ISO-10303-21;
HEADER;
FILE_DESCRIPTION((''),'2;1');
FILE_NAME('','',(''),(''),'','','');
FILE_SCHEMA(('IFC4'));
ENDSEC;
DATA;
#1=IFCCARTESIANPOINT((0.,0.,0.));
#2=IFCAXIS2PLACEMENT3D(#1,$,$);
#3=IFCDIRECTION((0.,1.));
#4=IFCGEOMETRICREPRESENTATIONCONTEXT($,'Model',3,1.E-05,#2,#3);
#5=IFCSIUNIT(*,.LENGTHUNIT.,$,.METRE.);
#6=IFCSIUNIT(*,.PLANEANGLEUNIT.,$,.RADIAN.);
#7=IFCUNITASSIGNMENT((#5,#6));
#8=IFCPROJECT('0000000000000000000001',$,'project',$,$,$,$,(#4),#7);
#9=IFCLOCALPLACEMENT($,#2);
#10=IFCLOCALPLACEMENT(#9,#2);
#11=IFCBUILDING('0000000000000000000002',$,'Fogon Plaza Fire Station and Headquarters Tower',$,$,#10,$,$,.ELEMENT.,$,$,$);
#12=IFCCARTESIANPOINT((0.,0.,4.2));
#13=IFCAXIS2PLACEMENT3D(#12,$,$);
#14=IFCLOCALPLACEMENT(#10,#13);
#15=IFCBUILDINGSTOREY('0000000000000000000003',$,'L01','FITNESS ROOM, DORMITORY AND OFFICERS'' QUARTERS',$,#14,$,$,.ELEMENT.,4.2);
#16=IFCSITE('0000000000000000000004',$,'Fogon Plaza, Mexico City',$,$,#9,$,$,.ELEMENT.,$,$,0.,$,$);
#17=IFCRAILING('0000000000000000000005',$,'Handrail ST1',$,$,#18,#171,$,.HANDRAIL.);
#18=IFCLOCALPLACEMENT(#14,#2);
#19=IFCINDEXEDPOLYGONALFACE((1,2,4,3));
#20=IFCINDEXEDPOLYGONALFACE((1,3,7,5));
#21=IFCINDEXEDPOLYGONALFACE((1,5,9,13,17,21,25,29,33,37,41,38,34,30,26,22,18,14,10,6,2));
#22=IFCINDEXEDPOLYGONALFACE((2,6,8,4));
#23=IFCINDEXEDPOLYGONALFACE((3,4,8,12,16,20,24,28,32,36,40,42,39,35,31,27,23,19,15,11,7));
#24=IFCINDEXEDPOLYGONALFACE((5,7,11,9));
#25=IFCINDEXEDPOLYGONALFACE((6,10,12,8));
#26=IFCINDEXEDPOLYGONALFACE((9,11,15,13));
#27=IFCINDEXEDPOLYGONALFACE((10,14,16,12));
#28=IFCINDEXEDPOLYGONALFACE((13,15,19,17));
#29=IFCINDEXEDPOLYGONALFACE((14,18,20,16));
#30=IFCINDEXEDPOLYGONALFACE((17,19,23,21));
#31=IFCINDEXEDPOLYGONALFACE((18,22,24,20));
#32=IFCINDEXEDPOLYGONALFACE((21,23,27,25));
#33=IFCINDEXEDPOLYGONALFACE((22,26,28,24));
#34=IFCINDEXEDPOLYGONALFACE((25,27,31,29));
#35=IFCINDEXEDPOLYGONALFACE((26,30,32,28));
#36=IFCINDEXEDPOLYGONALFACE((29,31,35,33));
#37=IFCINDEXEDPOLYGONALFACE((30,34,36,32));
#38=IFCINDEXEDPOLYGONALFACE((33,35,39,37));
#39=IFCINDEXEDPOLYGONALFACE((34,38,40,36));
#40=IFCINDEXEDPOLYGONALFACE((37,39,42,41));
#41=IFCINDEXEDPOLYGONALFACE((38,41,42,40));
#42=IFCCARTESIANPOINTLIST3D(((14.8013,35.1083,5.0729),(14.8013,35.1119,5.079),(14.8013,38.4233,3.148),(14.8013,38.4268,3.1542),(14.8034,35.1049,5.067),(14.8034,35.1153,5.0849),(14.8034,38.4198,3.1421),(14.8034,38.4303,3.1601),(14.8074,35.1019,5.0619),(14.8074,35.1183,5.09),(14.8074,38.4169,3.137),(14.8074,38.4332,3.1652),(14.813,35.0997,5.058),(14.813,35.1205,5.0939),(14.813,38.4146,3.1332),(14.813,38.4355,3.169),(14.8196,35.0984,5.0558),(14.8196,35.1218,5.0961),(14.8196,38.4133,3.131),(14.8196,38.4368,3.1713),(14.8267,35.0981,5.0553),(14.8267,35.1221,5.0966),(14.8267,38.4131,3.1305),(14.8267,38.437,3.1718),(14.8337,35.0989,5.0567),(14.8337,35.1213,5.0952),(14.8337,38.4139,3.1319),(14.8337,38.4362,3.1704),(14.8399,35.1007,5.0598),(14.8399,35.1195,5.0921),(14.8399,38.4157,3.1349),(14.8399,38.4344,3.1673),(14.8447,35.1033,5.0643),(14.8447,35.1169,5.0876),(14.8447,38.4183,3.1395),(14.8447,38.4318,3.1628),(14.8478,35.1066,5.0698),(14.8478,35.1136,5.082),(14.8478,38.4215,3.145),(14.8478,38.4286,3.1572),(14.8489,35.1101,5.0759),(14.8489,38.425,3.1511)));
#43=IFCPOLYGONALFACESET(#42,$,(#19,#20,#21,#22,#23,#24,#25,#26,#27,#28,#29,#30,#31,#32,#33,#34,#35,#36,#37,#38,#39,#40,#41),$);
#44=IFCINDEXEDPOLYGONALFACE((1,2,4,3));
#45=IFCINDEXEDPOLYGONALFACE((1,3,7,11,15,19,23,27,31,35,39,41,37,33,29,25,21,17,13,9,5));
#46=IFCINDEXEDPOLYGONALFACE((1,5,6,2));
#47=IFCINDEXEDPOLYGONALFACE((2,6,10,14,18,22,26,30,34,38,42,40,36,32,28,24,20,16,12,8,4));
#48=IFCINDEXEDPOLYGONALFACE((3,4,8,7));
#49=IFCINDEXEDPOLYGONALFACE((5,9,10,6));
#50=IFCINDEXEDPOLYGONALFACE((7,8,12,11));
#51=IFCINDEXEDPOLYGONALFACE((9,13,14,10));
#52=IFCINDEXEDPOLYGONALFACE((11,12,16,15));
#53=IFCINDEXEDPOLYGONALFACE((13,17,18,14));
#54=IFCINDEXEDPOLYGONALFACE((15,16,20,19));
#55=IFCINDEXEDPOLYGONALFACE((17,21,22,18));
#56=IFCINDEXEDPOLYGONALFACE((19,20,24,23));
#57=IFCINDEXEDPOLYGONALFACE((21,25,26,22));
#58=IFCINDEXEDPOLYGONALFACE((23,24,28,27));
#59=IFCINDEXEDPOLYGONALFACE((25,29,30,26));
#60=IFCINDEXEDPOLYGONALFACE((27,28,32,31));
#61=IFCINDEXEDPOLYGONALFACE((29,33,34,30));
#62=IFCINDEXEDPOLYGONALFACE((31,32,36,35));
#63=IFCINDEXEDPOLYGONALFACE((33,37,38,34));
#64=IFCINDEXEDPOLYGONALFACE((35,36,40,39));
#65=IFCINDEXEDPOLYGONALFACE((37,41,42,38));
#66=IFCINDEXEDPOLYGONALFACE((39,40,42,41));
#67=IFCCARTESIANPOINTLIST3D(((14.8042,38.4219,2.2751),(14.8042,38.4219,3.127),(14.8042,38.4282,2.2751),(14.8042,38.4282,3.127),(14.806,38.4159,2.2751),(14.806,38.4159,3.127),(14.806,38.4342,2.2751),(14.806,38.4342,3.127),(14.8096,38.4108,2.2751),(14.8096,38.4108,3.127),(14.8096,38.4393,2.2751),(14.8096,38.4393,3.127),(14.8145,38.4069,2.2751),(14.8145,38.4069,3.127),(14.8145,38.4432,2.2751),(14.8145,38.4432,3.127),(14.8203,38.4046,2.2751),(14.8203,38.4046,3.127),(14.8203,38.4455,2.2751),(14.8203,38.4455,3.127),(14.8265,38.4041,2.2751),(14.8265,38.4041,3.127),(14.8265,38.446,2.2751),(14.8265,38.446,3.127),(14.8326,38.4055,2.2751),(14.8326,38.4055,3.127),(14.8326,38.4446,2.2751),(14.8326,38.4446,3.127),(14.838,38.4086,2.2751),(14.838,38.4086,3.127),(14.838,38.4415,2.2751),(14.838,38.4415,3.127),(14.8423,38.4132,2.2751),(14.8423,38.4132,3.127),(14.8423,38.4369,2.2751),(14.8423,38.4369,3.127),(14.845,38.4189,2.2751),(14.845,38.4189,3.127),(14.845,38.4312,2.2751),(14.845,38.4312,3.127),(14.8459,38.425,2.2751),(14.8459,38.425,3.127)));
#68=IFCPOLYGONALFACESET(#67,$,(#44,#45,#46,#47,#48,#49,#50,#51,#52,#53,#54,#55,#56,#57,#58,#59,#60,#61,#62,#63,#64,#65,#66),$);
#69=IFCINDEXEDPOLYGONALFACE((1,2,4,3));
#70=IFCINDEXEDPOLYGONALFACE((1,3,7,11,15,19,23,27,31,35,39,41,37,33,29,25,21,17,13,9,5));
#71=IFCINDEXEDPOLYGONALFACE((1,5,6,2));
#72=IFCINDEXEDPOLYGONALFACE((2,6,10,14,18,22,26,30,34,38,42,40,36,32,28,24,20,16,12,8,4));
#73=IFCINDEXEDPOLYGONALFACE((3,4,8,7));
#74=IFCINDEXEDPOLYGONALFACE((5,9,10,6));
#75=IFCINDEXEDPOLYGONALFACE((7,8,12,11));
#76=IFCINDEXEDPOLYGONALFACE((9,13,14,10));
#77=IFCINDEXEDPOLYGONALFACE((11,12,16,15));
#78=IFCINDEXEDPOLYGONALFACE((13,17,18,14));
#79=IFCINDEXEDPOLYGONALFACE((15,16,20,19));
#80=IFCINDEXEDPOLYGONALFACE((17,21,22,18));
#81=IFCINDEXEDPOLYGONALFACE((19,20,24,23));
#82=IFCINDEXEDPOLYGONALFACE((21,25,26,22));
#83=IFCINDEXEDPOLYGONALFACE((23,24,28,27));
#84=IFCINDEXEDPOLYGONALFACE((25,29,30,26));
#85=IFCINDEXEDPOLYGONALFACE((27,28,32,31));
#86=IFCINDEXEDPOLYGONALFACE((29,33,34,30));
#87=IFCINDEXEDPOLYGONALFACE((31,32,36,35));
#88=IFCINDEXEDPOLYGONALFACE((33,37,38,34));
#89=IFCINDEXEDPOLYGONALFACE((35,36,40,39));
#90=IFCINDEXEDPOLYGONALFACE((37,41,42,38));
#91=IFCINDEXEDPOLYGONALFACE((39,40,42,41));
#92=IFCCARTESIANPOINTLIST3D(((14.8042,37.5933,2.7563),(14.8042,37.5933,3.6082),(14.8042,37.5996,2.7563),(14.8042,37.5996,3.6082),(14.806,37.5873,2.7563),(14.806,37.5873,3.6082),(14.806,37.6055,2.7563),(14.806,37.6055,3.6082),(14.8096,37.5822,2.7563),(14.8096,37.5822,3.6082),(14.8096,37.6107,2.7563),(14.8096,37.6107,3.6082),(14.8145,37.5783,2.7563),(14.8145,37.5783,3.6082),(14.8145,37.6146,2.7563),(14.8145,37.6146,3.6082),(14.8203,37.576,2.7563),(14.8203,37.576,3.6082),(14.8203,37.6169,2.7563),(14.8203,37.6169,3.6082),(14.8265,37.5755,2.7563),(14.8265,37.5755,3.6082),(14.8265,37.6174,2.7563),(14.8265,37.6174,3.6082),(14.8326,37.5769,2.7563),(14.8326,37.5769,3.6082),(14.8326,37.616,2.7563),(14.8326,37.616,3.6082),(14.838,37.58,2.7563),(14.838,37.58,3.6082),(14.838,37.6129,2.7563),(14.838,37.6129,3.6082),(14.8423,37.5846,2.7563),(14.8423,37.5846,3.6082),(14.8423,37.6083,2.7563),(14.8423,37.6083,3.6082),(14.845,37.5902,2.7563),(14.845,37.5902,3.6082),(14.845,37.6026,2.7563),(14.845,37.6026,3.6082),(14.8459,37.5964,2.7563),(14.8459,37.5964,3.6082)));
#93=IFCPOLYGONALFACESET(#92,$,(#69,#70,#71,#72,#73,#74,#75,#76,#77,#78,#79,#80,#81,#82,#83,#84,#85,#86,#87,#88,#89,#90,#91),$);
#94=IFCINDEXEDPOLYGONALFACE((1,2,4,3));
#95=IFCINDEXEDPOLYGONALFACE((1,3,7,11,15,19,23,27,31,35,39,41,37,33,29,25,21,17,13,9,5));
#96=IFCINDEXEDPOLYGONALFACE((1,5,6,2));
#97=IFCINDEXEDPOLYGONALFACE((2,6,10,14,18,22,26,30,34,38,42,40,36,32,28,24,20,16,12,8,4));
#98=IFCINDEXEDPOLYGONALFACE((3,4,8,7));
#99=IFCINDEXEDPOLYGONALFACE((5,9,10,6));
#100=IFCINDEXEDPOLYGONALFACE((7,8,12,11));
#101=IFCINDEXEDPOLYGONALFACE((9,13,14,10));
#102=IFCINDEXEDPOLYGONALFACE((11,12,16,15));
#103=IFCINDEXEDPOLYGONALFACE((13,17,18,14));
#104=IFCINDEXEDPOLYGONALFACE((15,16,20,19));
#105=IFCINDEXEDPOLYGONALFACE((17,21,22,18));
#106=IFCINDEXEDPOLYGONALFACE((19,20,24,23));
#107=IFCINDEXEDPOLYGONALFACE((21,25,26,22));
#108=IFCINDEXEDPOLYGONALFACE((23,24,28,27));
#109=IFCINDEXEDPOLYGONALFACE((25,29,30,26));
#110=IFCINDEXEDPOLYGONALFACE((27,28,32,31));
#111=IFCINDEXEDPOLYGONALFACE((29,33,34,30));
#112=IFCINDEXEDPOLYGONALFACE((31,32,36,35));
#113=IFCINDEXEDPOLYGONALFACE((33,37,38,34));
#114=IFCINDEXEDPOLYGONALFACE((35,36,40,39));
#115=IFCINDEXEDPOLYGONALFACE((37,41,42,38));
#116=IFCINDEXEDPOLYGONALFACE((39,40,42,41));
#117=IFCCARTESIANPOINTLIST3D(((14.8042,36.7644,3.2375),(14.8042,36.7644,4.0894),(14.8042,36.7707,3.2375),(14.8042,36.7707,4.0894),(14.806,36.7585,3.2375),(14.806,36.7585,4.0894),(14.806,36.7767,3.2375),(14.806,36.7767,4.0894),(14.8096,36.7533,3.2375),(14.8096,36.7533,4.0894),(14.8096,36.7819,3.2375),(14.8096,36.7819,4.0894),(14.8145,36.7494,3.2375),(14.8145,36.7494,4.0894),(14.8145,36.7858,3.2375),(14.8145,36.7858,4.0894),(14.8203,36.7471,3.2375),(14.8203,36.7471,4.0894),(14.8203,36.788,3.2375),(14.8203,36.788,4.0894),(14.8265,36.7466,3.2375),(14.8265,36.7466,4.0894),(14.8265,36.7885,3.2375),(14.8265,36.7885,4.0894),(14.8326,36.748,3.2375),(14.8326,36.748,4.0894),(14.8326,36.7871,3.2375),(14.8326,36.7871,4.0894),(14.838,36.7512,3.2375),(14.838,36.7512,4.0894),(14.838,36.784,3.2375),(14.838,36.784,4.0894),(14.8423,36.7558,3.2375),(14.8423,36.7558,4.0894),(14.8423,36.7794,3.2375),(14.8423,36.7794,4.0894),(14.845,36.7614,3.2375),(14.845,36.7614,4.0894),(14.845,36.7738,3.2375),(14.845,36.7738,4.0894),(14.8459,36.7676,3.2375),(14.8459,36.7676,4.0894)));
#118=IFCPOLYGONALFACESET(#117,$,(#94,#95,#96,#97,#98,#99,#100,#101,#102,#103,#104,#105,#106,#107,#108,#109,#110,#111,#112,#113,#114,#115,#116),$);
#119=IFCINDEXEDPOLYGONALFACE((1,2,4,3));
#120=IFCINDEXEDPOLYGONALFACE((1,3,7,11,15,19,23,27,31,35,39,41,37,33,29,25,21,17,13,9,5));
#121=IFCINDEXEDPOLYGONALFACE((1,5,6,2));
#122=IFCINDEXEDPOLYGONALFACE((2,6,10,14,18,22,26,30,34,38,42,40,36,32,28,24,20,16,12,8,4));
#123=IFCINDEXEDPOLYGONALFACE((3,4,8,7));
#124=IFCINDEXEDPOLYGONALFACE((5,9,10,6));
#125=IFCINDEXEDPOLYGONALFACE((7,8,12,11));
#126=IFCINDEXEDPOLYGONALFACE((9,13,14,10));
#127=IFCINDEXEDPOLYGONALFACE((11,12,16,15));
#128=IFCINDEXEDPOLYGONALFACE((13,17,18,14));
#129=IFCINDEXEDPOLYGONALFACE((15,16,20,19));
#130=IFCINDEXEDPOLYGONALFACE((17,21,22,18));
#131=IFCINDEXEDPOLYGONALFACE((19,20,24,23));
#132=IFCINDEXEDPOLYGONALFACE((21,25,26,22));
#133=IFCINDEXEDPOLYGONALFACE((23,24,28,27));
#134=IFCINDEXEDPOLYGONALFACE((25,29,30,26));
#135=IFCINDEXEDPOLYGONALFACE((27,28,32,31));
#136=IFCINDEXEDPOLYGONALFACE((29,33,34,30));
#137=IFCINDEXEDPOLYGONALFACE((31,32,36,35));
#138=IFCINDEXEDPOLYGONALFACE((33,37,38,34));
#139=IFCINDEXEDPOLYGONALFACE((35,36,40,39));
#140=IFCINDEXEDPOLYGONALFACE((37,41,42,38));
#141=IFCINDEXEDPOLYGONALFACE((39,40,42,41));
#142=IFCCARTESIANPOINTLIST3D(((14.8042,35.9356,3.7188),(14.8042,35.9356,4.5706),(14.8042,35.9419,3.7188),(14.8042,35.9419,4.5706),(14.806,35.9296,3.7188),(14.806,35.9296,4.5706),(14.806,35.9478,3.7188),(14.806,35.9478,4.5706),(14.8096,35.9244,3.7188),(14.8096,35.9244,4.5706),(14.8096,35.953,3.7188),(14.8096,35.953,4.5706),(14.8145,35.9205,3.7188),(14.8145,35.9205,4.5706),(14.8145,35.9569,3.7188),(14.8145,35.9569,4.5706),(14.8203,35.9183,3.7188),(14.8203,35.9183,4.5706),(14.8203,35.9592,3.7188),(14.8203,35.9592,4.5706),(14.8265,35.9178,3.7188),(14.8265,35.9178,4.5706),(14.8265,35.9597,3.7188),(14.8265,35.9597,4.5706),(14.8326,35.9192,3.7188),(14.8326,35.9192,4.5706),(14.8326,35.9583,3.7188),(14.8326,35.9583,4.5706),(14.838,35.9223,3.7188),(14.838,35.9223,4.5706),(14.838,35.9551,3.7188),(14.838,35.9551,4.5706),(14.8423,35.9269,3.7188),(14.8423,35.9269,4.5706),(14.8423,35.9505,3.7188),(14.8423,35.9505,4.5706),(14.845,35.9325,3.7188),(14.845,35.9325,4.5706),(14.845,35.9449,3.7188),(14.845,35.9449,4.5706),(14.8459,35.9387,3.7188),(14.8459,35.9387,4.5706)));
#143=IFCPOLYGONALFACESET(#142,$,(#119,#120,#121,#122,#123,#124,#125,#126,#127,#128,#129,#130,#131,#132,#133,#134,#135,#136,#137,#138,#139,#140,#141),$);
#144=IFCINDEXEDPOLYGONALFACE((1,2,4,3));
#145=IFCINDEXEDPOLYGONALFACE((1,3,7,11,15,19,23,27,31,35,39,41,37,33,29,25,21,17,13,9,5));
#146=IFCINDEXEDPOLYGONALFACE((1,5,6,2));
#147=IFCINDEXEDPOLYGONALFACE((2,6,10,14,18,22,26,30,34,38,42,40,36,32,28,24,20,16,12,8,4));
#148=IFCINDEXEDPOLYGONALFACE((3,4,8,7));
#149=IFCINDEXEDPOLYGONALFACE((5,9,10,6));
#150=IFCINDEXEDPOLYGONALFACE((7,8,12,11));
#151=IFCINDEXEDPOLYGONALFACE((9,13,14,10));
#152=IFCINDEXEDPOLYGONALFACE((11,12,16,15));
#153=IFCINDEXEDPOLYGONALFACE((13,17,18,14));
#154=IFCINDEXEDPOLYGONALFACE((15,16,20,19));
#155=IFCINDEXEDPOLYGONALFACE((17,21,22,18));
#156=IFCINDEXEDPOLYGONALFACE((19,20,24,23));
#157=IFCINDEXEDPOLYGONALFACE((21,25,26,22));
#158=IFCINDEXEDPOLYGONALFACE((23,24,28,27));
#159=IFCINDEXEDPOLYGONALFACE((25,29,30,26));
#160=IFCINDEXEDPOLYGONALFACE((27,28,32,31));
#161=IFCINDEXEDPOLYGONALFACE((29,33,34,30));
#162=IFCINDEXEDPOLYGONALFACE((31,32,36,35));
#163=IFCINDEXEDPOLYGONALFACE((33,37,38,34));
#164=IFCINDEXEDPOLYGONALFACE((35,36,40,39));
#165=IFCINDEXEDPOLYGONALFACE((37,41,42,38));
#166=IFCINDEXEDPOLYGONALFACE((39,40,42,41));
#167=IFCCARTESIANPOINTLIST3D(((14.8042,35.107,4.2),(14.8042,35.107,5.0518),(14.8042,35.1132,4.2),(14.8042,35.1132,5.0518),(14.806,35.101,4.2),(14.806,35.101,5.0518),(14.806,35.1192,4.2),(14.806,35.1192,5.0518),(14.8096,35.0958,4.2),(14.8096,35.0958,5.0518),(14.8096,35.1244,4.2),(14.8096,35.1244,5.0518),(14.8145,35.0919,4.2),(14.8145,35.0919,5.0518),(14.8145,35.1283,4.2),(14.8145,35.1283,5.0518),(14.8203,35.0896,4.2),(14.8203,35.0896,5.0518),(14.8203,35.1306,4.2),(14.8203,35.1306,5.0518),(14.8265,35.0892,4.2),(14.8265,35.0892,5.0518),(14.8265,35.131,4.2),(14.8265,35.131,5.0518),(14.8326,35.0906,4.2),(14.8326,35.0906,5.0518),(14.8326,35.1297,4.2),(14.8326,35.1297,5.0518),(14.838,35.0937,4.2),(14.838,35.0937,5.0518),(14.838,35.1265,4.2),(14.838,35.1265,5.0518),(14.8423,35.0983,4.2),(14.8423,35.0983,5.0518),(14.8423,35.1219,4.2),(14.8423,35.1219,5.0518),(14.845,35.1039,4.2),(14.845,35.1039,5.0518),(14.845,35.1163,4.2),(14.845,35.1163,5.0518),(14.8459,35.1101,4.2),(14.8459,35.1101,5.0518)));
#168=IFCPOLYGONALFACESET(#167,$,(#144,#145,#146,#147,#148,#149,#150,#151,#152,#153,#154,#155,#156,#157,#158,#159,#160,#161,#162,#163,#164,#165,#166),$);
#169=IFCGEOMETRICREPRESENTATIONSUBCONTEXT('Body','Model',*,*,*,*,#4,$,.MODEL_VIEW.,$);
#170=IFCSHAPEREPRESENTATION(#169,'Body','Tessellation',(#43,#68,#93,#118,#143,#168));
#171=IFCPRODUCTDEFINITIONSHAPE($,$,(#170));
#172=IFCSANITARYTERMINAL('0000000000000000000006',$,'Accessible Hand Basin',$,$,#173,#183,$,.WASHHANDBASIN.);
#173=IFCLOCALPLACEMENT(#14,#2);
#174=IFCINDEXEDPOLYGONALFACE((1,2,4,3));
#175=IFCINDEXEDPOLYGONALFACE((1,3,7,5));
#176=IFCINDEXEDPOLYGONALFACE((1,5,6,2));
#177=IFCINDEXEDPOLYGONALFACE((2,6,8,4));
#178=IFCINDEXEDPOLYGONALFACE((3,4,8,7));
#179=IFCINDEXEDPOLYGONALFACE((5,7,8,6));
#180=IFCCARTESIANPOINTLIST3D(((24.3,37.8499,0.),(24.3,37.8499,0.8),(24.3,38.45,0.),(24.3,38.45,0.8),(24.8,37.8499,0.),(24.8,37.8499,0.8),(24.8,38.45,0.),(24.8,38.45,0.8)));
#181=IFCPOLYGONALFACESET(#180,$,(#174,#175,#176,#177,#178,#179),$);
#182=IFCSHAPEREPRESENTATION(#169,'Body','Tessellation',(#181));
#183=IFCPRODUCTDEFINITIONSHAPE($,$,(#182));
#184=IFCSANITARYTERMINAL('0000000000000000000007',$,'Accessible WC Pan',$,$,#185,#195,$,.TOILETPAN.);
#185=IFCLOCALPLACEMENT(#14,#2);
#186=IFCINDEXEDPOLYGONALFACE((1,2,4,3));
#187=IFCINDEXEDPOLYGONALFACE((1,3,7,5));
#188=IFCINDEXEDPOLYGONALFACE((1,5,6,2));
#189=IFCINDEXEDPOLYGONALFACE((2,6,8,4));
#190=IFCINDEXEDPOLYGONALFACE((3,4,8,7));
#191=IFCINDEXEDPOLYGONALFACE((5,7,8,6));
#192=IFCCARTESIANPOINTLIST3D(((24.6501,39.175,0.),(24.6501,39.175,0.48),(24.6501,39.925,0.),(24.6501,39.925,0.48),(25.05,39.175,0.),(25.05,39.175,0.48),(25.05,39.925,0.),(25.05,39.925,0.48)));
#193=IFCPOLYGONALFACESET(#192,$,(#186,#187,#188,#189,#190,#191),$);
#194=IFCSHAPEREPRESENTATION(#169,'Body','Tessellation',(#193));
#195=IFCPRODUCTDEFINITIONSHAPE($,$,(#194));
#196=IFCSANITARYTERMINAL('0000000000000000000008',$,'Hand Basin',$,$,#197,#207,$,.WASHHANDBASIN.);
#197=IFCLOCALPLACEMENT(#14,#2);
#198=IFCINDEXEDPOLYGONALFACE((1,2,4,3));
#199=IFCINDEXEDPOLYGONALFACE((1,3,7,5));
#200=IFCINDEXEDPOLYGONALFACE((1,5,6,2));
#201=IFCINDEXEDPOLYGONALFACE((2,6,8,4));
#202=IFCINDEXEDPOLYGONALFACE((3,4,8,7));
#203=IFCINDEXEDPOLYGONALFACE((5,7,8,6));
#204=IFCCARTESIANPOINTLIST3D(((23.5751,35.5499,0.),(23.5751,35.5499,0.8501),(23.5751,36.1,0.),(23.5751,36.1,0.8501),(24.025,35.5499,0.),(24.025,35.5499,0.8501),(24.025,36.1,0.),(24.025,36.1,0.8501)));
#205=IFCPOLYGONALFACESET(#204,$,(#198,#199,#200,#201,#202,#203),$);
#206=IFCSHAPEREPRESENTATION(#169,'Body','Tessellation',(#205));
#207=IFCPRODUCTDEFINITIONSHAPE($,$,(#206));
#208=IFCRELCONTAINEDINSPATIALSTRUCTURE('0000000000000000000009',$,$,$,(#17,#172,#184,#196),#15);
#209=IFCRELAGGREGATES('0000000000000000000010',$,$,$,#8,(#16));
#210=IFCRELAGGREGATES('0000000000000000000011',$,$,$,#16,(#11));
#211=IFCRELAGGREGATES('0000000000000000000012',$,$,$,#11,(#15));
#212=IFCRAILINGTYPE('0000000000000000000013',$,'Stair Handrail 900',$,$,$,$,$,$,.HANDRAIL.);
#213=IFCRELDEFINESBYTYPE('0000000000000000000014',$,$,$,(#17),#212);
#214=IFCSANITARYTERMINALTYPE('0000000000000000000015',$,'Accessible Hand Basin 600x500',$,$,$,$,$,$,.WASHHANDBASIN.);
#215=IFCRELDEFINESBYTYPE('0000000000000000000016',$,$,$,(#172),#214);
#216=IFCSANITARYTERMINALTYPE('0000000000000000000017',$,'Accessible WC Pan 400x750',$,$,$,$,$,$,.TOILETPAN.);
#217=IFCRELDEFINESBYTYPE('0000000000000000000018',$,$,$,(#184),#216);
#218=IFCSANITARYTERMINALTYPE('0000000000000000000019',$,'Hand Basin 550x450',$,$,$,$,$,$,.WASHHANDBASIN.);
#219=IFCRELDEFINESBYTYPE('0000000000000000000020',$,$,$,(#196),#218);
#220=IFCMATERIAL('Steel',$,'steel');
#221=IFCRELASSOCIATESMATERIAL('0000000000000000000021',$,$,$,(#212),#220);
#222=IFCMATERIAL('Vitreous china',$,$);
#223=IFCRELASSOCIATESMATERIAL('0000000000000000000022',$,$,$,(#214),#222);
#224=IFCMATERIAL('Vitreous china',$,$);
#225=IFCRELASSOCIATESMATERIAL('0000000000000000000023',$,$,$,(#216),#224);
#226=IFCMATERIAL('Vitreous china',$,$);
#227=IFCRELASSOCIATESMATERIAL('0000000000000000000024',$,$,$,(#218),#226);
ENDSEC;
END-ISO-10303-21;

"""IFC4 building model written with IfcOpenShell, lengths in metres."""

from ifc_helpers import new_model, si_unit, direction, frame, origin, origin_2d, place, context, subcontext, project, spatial, rectangle, circle, extrude, material, type_object, element, save


model = new_model("IFC4")

# Units and contexts
model_context = context("Model", 3, precision=1e-05, world=origin(), true_north=direction((0.0, 1.0)))
body_context = subcontext(model_context, "Body", "Model", "MODEL_VIEW")
ifc_project = project(units=[si_unit("LENGTHUNIT", "METRE"), si_unit("PLANEANGLEUNIT", "RADIAN")], contexts=[model_context])

# Site, building, storey
site_placement = place(None, origin())
site = spatial("IfcSite", under=ifc_project, at=site_placement, Name="Fogon Plaza, Mexico City", CompositionType="ELEMENT", RefElevation=0.0)
building_placement = place(site_placement, origin())
building = spatial("IfcBuilding", under=site, at=building_placement, Name="Fogon Plaza Fire Station and Headquarters Tower", CompositionType="ELEMENT")
storey_placement = place(building_placement, frame((0.0, 0.0, 4.2)))
storey = spatial("IfcBuildingStorey", under=building, at=storey_placement, Name="L01", Description="FITNESS ROOM, DORMITORY AND OFFICERS' QUARTERS", CompositionType="ELEMENT", Elevation=4.2)

# Railing
ifc_material_1 = material(Name="Steel", Category="steel")
railing_type = type_object("IfcRailingType", Name="Stair Handrail 900", PredefinedType="HANDRAIL", material=ifc_material_1)
for number, where, name in (
    (1, (14.825, 38.425, 2.2751), "Handrail ST1"),
):
    element("IfcRailing", number, at=place(storey_placement, frame(where)), inside=storey, type_object=railing_type, Name=name, PredefinedType="HANDRAIL", context=body_context, shape_type="SweptSolid", body=[
        extrude(circle(Radius=0.0239, at=origin_2d()), frame((0.0, 0.0, 0.876), z_axis=(0.0, -0.864789, 0.502136), x_axis=(1.0, 0.0, 0.0)), (0.0, 0.0, 1.0), 3.8333),
        extrude(circle(Radius=0.021, at=origin_2d()), origin(), (0.0, 0.0, 1.0), 0.8518),
        extrude(circle(Radius=0.021, at=origin_2d()), frame((0.0, -0.8286, 0.4812)), (0.0, 0.0, 1.0), 0.8518),
        extrude(circle(Radius=0.021, at=origin_2d()), frame((0.0, -1.6575, 0.9624)), (0.0, 0.0, 1.0), 0.8518),
        extrude(circle(Radius=0.021, at=origin_2d()), frame((0.0, -2.4863, 1.4436)), (0.0, 0.0, 1.0), 0.8518),
        extrude(circle(Radius=0.021, at=origin_2d()), frame((0.0, -3.3149, 1.9248)), (0.0, 0.0, 1.0), 0.8518),
    ])

# Sanitary terminals
ifc_material_2 = material(Name="Vitreous china")
sanitary_terminal_type_1 = type_object("IfcSanitaryTerminalType", Name="Accessible Hand Basin 600x500", PredefinedType="WASHHANDBASIN", material=ifc_material_2)
sanitary_terminal_1_placement = place(storey_placement, frame((24.55, 38.1499, 0.0), z_axis=(0.0, 0.0, 1.0), x_axis=(1.0, 0.0, 0.0)))
element("IfcSanitaryTerminal", 2, at=sanitary_terminal_1_placement, inside=storey, type_object=sanitary_terminal_type_1, Name="Accessible Hand Basin", PredefinedType="WASHHANDBASIN", context=body_context, shape_type="SweptSolid", body=[
    extrude(rectangle(XDim=0.5, YDim=0.6001, at=origin_2d()), origin(), (0.0, 0.0, 1.0), 0.8),
])
ifc_material_3 = material(Name="Vitreous china")
sanitary_terminal_type_2 = type_object("IfcSanitaryTerminalType", Name="Accessible WC Pan 400x750", PredefinedType="TOILETPAN", material=ifc_material_3)
sanitary_terminal_2_placement = place(storey_placement, frame((24.8501, 39.55, 0.0), z_axis=(0.0, 0.0, 1.0), x_axis=(1.0, 0.0, 0.0)))
element("IfcSanitaryTerminal", 3, at=sanitary_terminal_2_placement, inside=storey, type_object=sanitary_terminal_type_2, Name="Accessible WC Pan", PredefinedType="TOILETPAN", context=body_context, shape_type="SweptSolid", body=[
    extrude(rectangle(XDim=0.3999, YDim=0.75, at=origin_2d()), origin(), (0.0, 0.0, 1.0), 0.48),
])
ifc_material_4 = material(Name="Vitreous china")
sanitary_terminal_type_3 = type_object("IfcSanitaryTerminalType", Name="Hand Basin 550x450", PredefinedType="WASHHANDBASIN", material=ifc_material_4)
for number, where, z_axis, x_axis, name in (
    (4, (23.8, 35.825, 0.0), (0.0, 0.0, 1.0), (1.0, 0.0, 0.0), "Hand Basin"),
):
    element("IfcSanitaryTerminal", number, at=place(storey_placement, frame(where, z_axis=z_axis, x_axis=x_axis)), inside=storey, type_object=sanitary_terminal_type_3, Name=name, PredefinedType="WASHHANDBASIN", context=body_context, shape_type="SweptSolid", body=[
        extrude(rectangle(XDim=0.45, YDim=0.55, at=origin_2d()), origin(), (0.0, 0.0, 1.0), 0.8501),
    ])

save(model, "model.ifc")
